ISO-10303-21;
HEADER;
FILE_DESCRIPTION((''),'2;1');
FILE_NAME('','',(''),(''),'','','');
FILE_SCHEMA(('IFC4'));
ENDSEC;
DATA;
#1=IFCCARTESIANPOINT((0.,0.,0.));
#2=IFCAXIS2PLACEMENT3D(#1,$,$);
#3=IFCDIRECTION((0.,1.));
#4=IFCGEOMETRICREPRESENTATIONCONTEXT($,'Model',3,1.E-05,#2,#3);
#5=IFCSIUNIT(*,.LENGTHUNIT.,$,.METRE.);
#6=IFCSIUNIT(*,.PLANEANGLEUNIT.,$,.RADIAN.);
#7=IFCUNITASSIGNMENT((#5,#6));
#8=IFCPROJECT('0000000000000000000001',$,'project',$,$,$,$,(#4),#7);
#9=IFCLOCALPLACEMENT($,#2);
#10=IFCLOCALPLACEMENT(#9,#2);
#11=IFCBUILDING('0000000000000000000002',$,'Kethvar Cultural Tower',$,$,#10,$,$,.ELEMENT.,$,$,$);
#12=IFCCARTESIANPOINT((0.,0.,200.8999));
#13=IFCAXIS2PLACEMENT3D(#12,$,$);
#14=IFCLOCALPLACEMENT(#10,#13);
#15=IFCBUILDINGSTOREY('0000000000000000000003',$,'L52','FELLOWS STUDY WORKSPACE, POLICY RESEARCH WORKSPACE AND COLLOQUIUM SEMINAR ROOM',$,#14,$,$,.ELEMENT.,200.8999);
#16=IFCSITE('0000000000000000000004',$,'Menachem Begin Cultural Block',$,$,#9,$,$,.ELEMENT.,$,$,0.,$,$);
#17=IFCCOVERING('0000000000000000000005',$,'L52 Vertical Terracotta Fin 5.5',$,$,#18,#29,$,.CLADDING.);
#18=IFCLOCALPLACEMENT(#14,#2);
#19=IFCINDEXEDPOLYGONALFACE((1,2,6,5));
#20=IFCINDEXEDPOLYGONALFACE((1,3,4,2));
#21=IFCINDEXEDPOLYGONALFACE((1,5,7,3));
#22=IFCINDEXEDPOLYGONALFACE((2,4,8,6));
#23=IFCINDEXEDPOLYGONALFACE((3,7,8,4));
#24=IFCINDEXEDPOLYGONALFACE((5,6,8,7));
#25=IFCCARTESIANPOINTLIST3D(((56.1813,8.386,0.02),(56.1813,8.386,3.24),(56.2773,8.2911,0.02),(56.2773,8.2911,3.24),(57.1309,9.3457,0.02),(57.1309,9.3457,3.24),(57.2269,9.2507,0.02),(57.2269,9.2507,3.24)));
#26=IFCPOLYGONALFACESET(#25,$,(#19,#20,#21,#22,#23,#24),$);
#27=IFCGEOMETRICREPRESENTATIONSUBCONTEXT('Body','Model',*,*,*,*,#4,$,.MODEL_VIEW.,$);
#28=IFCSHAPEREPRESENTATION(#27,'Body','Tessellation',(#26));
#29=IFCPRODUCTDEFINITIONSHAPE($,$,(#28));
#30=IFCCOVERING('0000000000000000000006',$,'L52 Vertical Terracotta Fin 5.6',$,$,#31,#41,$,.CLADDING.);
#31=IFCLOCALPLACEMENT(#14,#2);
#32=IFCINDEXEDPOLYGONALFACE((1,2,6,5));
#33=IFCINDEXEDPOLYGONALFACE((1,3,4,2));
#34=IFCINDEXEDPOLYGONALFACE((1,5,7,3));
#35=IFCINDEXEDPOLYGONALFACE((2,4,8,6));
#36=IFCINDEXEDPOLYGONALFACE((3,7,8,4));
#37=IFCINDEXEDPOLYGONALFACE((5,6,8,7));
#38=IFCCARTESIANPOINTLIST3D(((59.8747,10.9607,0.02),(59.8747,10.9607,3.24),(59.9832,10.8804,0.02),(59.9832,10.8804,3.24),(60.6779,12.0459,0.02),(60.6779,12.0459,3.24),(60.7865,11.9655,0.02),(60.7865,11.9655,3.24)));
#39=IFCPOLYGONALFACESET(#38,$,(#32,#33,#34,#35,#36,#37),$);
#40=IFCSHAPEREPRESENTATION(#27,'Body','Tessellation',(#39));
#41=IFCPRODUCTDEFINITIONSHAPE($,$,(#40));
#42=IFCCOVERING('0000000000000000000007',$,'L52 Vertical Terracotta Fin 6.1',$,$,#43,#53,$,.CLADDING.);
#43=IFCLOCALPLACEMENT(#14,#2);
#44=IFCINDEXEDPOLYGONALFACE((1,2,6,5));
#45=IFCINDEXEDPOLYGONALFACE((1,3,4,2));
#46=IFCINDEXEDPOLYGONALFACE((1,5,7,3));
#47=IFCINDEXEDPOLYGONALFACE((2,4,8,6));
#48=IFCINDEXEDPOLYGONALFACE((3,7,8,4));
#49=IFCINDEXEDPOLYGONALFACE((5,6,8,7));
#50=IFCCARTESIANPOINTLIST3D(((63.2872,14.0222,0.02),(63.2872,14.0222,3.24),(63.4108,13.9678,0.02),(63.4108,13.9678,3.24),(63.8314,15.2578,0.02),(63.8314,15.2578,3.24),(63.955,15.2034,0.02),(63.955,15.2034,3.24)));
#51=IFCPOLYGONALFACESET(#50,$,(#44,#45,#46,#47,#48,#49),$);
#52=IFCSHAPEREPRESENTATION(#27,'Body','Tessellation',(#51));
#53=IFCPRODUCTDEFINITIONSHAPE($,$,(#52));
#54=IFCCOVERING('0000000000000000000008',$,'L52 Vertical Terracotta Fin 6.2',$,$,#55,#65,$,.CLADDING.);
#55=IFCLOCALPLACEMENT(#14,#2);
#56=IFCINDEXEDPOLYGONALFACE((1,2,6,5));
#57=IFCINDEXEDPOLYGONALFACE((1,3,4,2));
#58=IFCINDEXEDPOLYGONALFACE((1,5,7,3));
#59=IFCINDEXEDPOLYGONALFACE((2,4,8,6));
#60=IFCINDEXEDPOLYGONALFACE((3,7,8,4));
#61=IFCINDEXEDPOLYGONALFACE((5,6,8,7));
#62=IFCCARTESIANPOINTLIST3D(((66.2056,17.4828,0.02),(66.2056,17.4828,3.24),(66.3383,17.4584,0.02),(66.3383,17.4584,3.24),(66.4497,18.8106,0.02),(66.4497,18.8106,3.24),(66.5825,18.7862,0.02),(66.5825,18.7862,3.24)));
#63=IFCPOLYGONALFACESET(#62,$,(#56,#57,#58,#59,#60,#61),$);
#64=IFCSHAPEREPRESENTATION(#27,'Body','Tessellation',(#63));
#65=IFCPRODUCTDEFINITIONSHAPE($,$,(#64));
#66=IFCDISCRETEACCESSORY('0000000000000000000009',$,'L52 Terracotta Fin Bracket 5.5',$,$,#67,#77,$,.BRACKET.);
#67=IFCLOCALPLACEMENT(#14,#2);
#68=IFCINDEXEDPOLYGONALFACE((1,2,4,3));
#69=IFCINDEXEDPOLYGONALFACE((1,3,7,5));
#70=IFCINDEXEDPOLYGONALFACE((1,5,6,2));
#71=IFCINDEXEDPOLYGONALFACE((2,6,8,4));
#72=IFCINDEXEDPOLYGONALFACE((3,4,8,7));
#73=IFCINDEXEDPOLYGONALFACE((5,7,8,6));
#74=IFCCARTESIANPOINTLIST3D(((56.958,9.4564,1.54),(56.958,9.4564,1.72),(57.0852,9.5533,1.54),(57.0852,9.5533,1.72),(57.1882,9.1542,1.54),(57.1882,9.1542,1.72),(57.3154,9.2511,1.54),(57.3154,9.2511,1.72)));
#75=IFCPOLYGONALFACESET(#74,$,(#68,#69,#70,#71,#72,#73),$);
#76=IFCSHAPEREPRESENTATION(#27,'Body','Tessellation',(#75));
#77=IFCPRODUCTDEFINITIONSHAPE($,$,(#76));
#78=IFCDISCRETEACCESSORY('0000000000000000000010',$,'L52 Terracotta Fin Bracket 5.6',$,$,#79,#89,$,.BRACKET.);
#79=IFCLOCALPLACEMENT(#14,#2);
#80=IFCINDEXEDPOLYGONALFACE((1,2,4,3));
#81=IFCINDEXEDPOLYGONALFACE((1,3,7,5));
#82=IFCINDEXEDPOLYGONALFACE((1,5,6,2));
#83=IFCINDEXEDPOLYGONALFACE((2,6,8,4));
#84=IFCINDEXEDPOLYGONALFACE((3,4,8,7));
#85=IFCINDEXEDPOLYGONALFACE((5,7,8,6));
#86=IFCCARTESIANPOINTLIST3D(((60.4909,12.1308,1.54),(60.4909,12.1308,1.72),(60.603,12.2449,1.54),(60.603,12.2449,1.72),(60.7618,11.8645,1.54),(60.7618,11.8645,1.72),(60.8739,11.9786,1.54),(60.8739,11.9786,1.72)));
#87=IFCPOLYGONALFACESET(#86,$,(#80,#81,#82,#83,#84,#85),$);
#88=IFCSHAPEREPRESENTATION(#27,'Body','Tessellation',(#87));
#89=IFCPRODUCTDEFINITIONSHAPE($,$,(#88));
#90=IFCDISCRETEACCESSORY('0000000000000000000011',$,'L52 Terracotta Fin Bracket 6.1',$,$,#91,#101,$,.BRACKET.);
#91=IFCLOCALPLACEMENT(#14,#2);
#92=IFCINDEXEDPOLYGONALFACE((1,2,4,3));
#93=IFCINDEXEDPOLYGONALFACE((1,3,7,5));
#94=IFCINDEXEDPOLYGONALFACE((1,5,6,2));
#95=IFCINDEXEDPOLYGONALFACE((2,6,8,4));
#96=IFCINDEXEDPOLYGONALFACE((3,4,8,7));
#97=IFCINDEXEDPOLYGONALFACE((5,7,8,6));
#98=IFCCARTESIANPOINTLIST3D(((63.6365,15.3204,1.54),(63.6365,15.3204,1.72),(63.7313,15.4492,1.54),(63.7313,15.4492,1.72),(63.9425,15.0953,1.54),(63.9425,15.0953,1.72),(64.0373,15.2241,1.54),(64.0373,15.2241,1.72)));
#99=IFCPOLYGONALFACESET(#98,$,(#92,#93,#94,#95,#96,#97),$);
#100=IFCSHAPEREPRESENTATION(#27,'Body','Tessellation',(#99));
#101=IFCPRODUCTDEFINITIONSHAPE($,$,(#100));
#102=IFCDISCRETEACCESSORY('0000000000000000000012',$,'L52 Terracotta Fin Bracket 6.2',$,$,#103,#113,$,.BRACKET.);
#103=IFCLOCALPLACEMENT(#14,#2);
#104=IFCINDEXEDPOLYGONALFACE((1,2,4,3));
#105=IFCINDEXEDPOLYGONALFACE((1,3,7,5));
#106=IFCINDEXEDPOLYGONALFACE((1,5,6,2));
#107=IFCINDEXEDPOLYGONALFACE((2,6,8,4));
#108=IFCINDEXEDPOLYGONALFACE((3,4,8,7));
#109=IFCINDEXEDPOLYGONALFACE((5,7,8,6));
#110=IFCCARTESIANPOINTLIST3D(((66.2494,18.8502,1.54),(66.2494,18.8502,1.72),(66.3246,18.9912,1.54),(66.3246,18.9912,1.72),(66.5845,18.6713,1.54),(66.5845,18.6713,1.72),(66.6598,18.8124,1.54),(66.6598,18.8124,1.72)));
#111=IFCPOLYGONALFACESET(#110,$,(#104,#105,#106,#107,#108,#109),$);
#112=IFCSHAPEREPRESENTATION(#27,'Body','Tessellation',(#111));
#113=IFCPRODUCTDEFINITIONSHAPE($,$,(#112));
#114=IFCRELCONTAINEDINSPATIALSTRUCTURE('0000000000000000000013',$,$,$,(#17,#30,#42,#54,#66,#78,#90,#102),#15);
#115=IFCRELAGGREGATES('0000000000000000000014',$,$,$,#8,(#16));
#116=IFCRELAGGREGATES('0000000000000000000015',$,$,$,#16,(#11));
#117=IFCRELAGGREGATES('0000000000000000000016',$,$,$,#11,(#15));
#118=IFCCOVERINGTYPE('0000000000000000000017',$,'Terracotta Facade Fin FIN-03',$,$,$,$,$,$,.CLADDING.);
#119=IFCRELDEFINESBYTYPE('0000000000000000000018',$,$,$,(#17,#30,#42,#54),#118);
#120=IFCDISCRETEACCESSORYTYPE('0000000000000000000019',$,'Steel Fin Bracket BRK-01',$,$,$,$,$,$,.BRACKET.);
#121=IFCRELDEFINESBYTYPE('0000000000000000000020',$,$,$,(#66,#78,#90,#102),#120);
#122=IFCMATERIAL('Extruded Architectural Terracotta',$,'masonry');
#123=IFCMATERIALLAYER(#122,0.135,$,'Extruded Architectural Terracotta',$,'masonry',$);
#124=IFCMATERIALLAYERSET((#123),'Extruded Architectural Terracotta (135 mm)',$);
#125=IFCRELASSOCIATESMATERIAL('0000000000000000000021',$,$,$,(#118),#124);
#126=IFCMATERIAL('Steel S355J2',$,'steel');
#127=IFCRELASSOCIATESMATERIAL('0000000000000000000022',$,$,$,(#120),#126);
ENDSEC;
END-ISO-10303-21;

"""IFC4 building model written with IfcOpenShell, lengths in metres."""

from ifc_helpers import new_model, si_unit, direction, frame, origin, origin_2d, place, context, subcontext, project, spatial, rectangle, extrude, source, transform, mapped, material, layer, layer_set, type_object, element, save


model = new_model("IFC4")

# Units and contexts
model_context = context("Model", 3, precision=1e-05, world=origin(), true_north=direction((0.0, 1.0)))
body_context = subcontext(model_context, "Body", "Model", "MODEL_VIEW")
ifc_project = project(units=[si_unit("LENGTHUNIT", "METRE"), si_unit("PLANEANGLEUNIT", "RADIAN")], contexts=[model_context])

# Site, building, storey
site_placement = place(None, origin())
site = spatial("IfcSite", under=ifc_project, at=site_placement, Name="Menachem Begin Cultural Block", CompositionType="ELEMENT", RefElevation=0.0)
building_placement = place(site_placement, origin())
building = spatial("IfcBuilding", under=site, at=building_placement, Name="Kethvar Cultural Tower", CompositionType="ELEMENT")
storey_placement = place(building_placement, frame((0.0, 0.0, 200.8999)))
storey = spatial("IfcBuildingStorey", under=building, at=storey_placement, Name="L52", Description="FELLOWS STUDY WORKSPACE, POLICY RESEARCH WORKSPACE AND COLLOQUIUM SEMINAR ROOM", CompositionType="ELEMENT", Elevation=200.8999)

# Shared definitions
ifc_material_1 = material(Name="Steel S355J2", Category="steel")

# Coverings
ifc_material_2 = material(Name="Extruded Architectural Terracotta", Category="masonry")
ifc_layer_1 = layer(ifc_material_2, 0.135, Name="Extruded Architectural Terracotta", Category="masonry")
ifc_layer_set_1 = layer_set([ifc_layer_1], Name="Extruded Architectural Terracotta (135 mm)")
covering_type = type_object("IfcCoveringType", Name="Terracotta Facade Fin FIN-03", PredefinedType="CLADDING", material=ifc_layer_set_1)
shared_shape_1 = source(origin(), body_context, "Body", "SweptSolid", [
    extrude(rectangle(XDim=1.3501, YDim=0.135, at=origin_2d()), origin(), (0.0, 0.0, 1.0), 3.22),
])
for number, where, z_axis, x_axis, name in (
    (1, (56.7041, 8.8184, 0.02), (0.0, 0.0, 1.0), (-0.703395, -0.710799, 0.0), "L52 Vertical Terracotta Fin 5.5"),
    (2, (60.3306, 11.4631, 0.02), (0.0, 0.0, 1.0), (-0.594963, -0.803753, 0.0), "L52 Vertical Terracotta Fin 5.6"),
    (3, (63.6211, 14.6128, 0.02), (0.0, 0.0, 1.0), (-0.403066, -0.915171, 0.0), "L52 Vertical Terracotta Fin 6.1"),
    (4, (66.394, 18.1345, 0.02), (0.0, 0.0, 1.0), (-0.180862, -0.983508, 0.0), "L52 Vertical Terracotta Fin 6.2"),
):
    element("IfcCovering", number, at=place(storey_placement, frame(where, z_axis=z_axis, x_axis=x_axis)), inside=storey, type_object=covering_type, Name=name, PredefinedType="CLADDING", context=body_context, shape_type="MappedRepresentation", body=[
        mapped(shared_shape_1, transform((0.0, 0.0, 0.0), scale=1.0)),
    ])

# Discrete accessories
discrete_accessory_type = type_object("IfcDiscreteAccessoryType", Name="Steel Fin Bracket BRK-01", PredefinedType="BRACKET", material=ifc_material_1)
shared_shape_2 = source(origin(), body_context, "Body", "SweptSolid", [
    extrude(rectangle(XDim=0.3799, YDim=0.1599, at=origin_2d()), origin(), (0.0, 0.0, 1.0), 0.1799),
])
for number, where, z_axis, x_axis, name in (
    (5, (57.1367, 9.3538, 1.54), (0.0, 0.0, 1.0), (0.605988, -0.795473, 0.0), "L52 Terracotta Fin Bracket 5.5"),
    (6, (60.6824, 12.0547, 1.54), (0.0, 0.0, 1.0), (0.713128, -0.701034, 0.0), "L52 Terracotta Fin Bracket 5.6"),
    (7, (63.8369, 15.2722, 1.54), (0.0, 0.0, 1.0), (0.805515, -0.592576, 0.0), "L52 Terracotta Fin Bracket 6.1"),
    (8, (66.4546, 18.8313, 1.54), (0.0, 0.0, 1.0), (0.882291, -0.470704, 0.0), "L52 Terracotta Fin Bracket 6.2"),
):
    element("IfcDiscreteAccessory", number, at=place(storey_placement, frame(where, z_axis=z_axis, x_axis=x_axis)), inside=storey, type_object=discrete_accessory_type, Name=name, PredefinedType="BRACKET", context=body_context, shape_type="MappedRepresentation", body=[
        mapped(shared_shape_2, transform((0.0, 0.0, 0.0), scale=1.0)),
    ])

save(model, "model.ifc")
